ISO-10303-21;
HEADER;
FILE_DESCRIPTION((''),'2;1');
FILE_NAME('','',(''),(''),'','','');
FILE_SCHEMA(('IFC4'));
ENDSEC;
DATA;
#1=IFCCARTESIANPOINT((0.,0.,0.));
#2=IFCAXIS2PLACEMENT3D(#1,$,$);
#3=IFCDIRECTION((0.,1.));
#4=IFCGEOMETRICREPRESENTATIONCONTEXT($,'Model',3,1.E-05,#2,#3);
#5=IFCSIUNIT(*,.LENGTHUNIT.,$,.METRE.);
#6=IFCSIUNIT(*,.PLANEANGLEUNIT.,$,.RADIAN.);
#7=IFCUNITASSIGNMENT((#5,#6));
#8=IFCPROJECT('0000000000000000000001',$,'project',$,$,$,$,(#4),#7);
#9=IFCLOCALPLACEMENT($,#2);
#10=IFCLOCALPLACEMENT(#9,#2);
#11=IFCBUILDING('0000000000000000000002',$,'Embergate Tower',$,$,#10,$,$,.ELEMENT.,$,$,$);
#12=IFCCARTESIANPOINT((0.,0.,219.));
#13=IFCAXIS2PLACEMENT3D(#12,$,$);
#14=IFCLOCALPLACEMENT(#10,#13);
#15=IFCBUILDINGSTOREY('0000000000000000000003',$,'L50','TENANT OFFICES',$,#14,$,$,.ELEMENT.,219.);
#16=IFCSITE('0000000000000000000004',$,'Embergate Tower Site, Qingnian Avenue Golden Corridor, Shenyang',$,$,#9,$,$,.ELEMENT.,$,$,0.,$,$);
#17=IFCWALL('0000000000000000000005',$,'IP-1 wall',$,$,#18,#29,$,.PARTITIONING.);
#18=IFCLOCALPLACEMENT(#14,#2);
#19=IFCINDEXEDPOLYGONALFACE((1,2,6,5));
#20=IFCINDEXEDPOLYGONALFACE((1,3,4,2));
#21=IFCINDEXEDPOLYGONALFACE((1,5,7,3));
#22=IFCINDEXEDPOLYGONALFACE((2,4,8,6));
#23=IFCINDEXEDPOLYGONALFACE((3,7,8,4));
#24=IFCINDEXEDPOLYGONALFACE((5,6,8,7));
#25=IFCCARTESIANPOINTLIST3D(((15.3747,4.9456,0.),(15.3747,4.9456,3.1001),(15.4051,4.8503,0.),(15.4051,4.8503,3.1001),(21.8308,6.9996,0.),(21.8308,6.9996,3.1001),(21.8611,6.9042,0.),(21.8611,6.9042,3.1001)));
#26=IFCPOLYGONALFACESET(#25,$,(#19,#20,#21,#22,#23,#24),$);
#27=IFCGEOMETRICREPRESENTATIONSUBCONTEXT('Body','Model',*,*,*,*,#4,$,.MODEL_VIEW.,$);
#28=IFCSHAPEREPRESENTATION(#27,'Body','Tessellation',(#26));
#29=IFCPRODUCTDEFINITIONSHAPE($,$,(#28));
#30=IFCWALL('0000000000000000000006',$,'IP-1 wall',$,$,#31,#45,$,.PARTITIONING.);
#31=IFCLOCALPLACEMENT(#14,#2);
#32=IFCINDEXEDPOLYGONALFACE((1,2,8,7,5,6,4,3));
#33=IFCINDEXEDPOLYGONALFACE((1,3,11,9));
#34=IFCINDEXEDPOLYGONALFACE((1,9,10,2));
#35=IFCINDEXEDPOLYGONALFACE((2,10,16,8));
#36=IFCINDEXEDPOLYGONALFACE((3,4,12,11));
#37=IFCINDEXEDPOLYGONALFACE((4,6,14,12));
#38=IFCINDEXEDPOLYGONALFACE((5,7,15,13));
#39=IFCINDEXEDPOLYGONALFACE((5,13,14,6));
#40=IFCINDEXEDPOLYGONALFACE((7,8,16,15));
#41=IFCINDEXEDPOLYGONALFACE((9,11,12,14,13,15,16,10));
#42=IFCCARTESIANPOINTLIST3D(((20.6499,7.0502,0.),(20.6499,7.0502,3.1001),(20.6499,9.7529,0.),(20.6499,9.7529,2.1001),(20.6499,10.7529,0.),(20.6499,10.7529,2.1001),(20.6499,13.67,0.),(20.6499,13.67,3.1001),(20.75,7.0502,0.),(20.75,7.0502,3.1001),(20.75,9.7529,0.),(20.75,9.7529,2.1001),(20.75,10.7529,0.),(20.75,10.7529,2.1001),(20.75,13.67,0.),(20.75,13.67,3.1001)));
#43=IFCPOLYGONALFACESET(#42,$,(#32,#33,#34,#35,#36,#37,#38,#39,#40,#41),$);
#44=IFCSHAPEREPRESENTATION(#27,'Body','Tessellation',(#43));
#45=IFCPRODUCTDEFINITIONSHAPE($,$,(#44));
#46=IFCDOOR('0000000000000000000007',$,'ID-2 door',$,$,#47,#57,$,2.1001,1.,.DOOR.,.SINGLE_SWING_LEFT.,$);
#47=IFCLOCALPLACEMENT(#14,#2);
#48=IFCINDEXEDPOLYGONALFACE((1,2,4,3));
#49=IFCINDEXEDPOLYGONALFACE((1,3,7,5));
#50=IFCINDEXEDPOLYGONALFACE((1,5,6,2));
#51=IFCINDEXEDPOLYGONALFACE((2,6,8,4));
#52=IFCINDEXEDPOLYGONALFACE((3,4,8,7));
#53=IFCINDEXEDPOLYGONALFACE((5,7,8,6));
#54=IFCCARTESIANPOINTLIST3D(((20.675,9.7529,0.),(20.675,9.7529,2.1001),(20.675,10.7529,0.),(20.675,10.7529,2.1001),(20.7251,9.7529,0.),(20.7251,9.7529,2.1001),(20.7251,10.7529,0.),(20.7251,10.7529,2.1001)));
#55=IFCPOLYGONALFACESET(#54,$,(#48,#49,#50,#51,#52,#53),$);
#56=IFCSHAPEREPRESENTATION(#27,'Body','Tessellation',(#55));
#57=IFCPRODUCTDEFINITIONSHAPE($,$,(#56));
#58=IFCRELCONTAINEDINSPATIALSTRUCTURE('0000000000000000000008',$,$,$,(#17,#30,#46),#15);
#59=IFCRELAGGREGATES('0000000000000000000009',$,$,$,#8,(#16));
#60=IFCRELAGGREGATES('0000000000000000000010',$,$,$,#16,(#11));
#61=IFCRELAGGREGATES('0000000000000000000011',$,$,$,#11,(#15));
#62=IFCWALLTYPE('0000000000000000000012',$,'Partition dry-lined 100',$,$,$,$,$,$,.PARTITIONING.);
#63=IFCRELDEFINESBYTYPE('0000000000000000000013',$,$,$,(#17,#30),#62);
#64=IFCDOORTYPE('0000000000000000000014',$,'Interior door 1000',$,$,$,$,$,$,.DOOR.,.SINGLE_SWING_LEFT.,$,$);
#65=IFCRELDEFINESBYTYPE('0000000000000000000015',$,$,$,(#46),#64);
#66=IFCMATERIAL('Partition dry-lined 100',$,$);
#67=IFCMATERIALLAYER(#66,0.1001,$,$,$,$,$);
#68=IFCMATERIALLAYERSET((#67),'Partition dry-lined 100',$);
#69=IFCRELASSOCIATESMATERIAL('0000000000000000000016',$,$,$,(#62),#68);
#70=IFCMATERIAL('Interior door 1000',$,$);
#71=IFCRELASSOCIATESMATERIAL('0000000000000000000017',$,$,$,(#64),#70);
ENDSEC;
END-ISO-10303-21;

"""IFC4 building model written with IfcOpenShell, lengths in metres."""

from ifc_helpers import new_model, si_unit, direction, frame, frame_2d, origin, place, context, subcontext, project, spatial, rectangle, extrude, source, transform, mapped, material, layer, layer_set, type_object, element, fill, save


model = new_model("IFC4")

# Units and contexts
model_context = context("Model", 3, precision=1e-05, world=origin(), true_north=direction((0.0, 1.0)))
body_context = subcontext(model_context, "Body", "Model", "MODEL_VIEW")
ifc_project = project(units=[si_unit("LENGTHUNIT", "METRE"), si_unit("PLANEANGLEUNIT", "RADIAN")], contexts=[model_context])

# Site, building, storey
site_placement = place(None, origin())
site = spatial("IfcSite", under=ifc_project, at=site_placement, Name="Embergate Tower Site, Qingnian Avenue Golden Corridor, Shenyang", CompositionType="ELEMENT", RefElevation=0.0)
building_placement = place(site_placement, origin())
building = spatial("IfcBuilding", under=site, at=building_placement, Name="Embergate Tower", CompositionType="ELEMENT")
storey_placement = place(building_placement, frame((0.0, 0.0, 219.0)))
storey = spatial("IfcBuildingStorey", under=building, at=storey_placement, Name="L50", Description="TENANT OFFICES", CompositionType="ELEMENT", Elevation=219.0)

# Shared definitions
ifc_material_1 = material(Name="Partition dry-lined 100")
ifc_layer_1 = layer(ifc_material_1, 0.1001)
ifc_layer_set_1 = layer_set([ifc_layer_1], Name="Partition dry-lined 100")
wall_type_1 = type_object("IfcWallType", Name="Partition dry-lined 100", PredefinedType="PARTITIONING", material=ifc_layer_set_1)

# Shared definitions
ifc_material_2 = material(Name="Interior door 1000")
door_type_1 = type_object("IfcDoorType", Name="Interior door 1000", OperationType="SINGLE_SWING_LEFT", PredefinedType="DOOR", material=ifc_material_2)
shared_shape_1 = source(origin(), body_context, "Body", "SweptSolid", [
    extrude(rectangle(XDim=1.0, YDim=2.1001, at=frame_2d((0.5, 1.05))), frame((0.0, 0.0249, 0.0), z_axis=(0.0, -1.0, 0.0), x_axis=(1.0, 0.0, 0.0)), (0.0, 0.0, 1.0), 0.05),
])

# Wall
shared_shape_2 = source(origin(), body_context, "Body", "SweptSolid", [
    extrude(rectangle(XDim=6.7749, YDim=0.1001, at=frame_2d((3.3875, 0.0))), origin(), (0.0, 0.0, 1.0), 3.1001),
])
wall_1_placement = place(storey_placement, frame((15.3899, 4.8979, 0.0), z_axis=(0.0, 0.0, 1.0), x_axis=(0.952936, 0.303171, 0.0)))
element("IfcWall", 1, at=wall_1_placement, inside=storey, type_object=wall_type_1, Name="IP-1 wall", PredefinedType="PARTITIONING", context=body_context, shape_type="MappedRepresentation", body=[
    mapped(shared_shape_2, transform((0.0, 0.0, 0.0))),
])

# Wall, opening, door
shared_shape_3 = source(origin(), body_context, "Body", "SweptSolid", [
    extrude(rectangle(XDim=6.6199, YDim=0.1001, at=frame_2d((3.3101, 0.0))), origin(), (0.0, 0.0, 1.0), 3.1001),
])
wall_2_placement = place(storey_placement, frame((20.7, 7.05, 0.0), z_axis=(0.0, 0.0, 1.0), x_axis=(0.0, 1.0, 0.0)))
wall_2 = element("IfcWall", 2, at=wall_2_placement, inside=storey, type_object=wall_type_1, Name="IP-1 wall", PredefinedType="PARTITIONING", context=body_context, shape_type="MappedRepresentation", body=[
    mapped(shared_shape_3, transform((0.0, 0.0, 0.0))),
])
shared_shape_4 = source(origin(), body_context, "Body", "SweptSolid", [
    extrude(rectangle(XDim=1.0, YDim=2.1001, at=frame_2d((0.5, 1.05))), frame((0.0, 0.0601, 0.0), z_axis=(0.0, -1.0, 0.0), x_axis=(1.0, 0.0, 0.0)), (0.0, 0.0, 1.0), 0.1201),
])
opening_1_placement = place(wall_2_placement, frame((2.7029, 0.0, 0.0)))
opening_1 = element("IfcOpeningElement", 3, at=opening_1_placement, cuts=wall_2, PredefinedType="OPENING", context=body_context, shape_type="MappedRepresentation", body=[
    mapped(shared_shape_4, transform((0.0, 0.0, 0.0))),
])
door_1_placement = place(opening_1_placement, origin())
door_1 = element("IfcDoor", 4, at=door_1_placement, inside=storey, type_object=door_type_1, Name="ID-2 door", OperationType="SINGLE_SWING_LEFT", OverallHeight=2.1001, OverallWidth=1.0, PredefinedType="DOOR", context=body_context, shape_type="MappedRepresentation", body=[
    mapped(shared_shape_1, transform((0.0, 0.0, 0.0))),
])
fill(opening_1, door_1)

save(model, "model.ifc")
